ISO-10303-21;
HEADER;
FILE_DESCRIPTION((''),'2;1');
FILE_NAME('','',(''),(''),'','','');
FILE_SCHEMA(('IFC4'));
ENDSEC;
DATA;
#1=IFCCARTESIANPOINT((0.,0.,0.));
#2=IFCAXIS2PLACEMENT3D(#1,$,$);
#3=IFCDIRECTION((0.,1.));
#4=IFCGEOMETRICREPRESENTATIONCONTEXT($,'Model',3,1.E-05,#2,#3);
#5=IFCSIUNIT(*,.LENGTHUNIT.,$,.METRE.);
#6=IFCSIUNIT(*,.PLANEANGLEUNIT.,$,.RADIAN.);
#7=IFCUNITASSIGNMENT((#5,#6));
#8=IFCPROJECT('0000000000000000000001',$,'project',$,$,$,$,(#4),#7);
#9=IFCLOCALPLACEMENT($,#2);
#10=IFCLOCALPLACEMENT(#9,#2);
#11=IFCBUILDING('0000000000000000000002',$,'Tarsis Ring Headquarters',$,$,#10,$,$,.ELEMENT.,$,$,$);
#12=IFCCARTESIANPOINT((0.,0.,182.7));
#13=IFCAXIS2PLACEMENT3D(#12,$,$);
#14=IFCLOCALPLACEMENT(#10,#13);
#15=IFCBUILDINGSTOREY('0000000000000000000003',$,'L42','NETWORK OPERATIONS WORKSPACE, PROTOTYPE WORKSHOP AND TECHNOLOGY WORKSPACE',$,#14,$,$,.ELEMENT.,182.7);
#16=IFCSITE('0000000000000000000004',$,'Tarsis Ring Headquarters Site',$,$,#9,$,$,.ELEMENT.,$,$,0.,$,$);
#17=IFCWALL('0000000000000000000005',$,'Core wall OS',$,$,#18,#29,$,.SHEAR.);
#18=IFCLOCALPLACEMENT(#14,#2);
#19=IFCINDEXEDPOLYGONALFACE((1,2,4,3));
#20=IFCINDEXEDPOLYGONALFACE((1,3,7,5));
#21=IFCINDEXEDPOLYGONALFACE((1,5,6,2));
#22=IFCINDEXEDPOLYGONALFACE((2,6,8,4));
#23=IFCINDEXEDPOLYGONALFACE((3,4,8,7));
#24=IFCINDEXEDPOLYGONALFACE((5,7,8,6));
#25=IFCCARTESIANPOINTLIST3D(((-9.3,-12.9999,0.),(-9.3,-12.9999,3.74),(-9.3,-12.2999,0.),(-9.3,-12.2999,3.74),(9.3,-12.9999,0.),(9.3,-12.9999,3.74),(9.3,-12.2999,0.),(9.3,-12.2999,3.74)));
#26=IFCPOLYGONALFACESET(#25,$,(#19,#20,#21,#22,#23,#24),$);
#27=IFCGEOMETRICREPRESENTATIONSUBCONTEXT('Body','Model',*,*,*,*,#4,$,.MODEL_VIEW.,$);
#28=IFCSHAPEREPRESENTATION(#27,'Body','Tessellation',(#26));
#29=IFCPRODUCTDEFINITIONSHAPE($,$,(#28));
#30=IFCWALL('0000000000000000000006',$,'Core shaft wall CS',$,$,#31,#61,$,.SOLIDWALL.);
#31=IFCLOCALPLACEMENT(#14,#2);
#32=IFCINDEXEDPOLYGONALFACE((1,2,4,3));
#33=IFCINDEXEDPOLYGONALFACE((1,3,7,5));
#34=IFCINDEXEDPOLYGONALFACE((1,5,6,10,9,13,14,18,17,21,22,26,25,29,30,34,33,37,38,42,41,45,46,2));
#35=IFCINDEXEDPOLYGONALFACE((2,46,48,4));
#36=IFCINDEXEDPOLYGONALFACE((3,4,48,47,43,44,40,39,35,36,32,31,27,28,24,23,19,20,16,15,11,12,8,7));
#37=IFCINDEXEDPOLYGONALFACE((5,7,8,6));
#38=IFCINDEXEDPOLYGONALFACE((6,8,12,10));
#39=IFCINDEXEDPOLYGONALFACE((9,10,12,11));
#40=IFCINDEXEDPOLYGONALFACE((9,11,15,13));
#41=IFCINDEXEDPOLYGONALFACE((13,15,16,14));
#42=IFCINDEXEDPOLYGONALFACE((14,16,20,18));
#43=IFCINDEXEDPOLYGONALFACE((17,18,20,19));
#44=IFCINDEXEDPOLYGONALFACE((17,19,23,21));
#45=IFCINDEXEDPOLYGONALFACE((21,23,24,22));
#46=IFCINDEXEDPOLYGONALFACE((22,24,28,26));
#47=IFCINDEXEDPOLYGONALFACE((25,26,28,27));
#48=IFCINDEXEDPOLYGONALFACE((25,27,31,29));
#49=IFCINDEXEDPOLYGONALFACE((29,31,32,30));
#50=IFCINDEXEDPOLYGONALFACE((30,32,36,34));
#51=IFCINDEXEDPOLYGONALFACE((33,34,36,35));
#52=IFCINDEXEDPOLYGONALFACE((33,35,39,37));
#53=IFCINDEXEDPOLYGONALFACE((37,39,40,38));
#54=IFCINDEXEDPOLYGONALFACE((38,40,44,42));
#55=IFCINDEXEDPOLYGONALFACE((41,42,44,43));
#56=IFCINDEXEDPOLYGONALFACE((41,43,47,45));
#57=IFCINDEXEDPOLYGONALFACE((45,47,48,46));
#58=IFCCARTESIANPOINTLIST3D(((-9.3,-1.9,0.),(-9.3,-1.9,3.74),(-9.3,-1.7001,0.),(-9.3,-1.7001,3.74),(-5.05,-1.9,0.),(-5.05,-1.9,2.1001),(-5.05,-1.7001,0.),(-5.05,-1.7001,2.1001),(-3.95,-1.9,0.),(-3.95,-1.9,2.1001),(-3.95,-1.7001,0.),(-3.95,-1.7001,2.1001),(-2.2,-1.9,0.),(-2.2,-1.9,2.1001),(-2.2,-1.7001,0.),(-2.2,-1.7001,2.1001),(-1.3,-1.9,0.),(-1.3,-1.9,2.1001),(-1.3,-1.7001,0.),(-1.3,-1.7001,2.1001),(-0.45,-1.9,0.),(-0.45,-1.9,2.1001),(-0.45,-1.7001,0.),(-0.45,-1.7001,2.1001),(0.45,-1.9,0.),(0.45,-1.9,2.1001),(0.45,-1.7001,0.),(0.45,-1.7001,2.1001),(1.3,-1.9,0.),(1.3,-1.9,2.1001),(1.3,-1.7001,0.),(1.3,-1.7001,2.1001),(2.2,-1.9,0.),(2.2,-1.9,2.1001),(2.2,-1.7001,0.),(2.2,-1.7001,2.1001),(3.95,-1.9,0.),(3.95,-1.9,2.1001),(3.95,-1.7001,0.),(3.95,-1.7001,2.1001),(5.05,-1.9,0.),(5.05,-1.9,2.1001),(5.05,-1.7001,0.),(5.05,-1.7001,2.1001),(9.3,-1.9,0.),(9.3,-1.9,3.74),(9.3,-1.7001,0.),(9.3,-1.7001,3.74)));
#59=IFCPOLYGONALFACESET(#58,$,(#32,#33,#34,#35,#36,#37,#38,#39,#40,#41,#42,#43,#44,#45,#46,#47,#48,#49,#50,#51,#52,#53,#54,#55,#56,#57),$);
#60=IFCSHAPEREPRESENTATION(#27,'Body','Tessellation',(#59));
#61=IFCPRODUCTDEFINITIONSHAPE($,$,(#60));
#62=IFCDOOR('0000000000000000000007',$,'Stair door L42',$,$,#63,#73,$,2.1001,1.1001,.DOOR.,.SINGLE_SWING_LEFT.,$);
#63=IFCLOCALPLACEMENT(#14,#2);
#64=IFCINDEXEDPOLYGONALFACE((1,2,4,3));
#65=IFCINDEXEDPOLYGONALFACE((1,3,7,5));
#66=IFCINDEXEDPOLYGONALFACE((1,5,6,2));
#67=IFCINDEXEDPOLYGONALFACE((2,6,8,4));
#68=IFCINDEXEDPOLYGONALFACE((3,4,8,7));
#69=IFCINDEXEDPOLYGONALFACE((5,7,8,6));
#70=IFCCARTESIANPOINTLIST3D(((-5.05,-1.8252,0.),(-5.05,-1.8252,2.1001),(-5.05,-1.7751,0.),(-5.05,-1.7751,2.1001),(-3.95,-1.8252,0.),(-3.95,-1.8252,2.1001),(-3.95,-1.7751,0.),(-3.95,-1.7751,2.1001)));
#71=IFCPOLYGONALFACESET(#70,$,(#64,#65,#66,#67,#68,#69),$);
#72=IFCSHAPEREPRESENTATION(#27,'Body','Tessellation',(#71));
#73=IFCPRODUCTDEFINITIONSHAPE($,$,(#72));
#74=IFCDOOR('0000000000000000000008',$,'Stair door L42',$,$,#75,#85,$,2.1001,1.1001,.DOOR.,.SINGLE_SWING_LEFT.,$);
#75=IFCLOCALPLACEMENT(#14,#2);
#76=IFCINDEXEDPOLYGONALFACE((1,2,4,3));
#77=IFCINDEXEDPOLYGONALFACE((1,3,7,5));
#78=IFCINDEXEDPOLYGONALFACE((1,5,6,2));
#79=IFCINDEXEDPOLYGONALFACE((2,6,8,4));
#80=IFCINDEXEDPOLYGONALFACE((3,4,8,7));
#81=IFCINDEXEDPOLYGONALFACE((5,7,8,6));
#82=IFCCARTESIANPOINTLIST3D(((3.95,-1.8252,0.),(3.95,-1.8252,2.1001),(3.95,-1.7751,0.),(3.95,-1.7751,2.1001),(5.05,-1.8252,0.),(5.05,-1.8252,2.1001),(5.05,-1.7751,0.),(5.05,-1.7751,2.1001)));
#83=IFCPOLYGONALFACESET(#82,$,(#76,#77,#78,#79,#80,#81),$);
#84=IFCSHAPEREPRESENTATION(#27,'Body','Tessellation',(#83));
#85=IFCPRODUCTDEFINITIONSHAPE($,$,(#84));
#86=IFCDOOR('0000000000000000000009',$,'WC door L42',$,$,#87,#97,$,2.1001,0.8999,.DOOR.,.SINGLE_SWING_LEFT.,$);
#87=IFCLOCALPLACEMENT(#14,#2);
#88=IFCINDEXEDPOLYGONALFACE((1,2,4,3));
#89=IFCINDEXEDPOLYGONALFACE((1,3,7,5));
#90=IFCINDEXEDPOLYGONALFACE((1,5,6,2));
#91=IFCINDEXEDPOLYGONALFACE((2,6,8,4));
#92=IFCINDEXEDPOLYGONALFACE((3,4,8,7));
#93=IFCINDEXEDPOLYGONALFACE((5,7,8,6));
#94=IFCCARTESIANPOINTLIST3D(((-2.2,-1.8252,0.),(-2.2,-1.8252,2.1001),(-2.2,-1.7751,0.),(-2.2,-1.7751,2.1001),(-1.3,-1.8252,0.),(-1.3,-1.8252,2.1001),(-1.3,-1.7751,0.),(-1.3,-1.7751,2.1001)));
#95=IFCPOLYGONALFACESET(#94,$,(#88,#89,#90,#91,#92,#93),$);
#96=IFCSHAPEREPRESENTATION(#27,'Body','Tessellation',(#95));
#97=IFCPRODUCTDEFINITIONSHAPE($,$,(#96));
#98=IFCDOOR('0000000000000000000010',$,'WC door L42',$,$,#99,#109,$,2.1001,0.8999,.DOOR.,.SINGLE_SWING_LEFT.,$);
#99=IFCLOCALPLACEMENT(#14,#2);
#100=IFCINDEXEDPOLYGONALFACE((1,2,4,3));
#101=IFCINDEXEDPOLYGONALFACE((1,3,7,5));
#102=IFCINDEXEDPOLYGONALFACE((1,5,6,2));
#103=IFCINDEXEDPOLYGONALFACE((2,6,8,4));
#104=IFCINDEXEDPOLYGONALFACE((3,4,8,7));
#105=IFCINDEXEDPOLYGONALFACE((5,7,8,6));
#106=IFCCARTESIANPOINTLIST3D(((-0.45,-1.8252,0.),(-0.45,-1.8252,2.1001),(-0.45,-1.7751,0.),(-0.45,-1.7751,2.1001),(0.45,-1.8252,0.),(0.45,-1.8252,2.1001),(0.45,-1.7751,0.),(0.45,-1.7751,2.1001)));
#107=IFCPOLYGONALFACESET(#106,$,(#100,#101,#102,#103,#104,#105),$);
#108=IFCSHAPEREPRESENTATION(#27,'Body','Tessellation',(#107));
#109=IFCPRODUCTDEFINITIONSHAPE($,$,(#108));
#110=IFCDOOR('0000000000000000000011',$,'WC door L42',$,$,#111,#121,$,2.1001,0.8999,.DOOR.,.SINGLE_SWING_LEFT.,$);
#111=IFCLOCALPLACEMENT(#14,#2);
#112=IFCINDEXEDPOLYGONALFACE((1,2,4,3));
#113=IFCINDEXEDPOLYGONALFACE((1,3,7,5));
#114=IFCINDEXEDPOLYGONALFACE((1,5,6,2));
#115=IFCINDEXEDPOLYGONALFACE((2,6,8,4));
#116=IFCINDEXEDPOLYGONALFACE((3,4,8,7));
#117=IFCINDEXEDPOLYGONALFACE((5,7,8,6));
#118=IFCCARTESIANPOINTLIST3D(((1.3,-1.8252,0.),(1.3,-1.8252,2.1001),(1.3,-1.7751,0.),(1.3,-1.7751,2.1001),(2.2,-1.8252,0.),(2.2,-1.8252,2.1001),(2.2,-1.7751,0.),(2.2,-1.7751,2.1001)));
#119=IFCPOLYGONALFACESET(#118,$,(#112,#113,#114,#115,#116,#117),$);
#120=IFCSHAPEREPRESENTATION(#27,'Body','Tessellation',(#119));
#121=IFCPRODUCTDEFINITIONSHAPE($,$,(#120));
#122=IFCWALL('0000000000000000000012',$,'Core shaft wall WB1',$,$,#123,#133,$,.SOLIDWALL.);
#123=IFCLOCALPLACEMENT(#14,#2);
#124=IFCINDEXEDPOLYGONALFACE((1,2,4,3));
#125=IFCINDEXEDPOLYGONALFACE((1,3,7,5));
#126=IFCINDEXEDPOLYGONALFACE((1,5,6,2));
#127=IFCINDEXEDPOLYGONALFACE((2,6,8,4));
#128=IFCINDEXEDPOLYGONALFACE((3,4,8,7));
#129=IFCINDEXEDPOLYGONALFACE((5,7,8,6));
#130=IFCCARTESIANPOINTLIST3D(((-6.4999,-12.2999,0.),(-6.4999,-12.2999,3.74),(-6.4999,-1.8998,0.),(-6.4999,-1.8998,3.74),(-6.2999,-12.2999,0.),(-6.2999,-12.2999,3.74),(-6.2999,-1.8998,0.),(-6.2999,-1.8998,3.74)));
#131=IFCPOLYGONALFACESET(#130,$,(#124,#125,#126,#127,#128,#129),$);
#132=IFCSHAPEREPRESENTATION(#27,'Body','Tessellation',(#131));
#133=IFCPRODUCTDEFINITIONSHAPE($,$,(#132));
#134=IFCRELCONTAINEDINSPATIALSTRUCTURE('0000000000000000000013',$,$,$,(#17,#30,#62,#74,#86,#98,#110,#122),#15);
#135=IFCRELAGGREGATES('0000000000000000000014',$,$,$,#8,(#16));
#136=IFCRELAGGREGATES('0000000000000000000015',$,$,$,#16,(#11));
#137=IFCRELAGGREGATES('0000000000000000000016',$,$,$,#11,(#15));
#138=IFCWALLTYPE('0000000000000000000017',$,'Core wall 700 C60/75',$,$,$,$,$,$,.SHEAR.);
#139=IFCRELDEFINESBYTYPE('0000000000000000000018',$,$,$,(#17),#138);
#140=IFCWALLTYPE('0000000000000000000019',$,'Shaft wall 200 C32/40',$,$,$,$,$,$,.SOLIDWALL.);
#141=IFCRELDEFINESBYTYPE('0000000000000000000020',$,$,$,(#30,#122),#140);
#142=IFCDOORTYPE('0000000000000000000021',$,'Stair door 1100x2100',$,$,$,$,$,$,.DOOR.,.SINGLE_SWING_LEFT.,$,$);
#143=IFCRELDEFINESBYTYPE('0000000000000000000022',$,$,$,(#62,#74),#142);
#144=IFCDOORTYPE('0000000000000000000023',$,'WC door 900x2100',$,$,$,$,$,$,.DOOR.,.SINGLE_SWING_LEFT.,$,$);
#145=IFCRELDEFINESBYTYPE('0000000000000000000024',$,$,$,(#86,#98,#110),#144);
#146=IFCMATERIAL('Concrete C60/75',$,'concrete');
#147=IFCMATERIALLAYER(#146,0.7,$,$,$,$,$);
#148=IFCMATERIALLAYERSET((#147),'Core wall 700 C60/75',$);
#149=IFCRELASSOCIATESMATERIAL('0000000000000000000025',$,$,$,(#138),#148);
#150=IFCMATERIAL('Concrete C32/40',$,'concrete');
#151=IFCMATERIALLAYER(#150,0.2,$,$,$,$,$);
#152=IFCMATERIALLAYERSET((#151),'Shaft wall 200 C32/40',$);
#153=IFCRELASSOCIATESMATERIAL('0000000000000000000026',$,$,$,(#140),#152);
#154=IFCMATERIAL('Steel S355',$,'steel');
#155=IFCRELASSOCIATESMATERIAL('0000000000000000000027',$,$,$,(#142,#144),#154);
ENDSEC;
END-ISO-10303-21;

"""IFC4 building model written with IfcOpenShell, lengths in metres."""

from ifc_helpers import new_model, si_unit, direction, frame, frame_2d, origin, place, context, subcontext, project, spatial, rectangle, extrude, material, layer, layer_set, type_object, element, fill, save


model = new_model("IFC4")

# Units and contexts
model_context = context("Model", 3, precision=1e-05, world=origin(), true_north=direction((0.0, 1.0)))
body_context = subcontext(model_context, "Body", "Model", "MODEL_VIEW")
ifc_project = project(units=[si_unit("LENGTHUNIT", "METRE"), si_unit("PLANEANGLEUNIT", "RADIAN")], contexts=[model_context])

# Site, building, storey
site_placement = place(None, origin())
site = spatial("IfcSite", under=ifc_project, at=site_placement, Name="Tarsis Ring Headquarters Site", CompositionType="ELEMENT", RefElevation=0.0)
building_placement = place(site_placement, origin())
building = spatial("IfcBuilding", under=site, at=building_placement, Name="Tarsis Ring Headquarters", CompositionType="ELEMENT")
storey_placement = place(building_placement, frame((0.0, 0.0, 182.7)))
storey = spatial("IfcBuildingStorey", under=building, at=storey_placement, Name="L42", Description="NETWORK OPERATIONS WORKSPACE, PROTOTYPE WORKSHOP AND TECHNOLOGY WORKSPACE", CompositionType="ELEMENT", Elevation=182.7)

# Shared definitions
ifc_material_1 = material(Name="Concrete C60/75", Category="concrete")
ifc_layer_1 = layer(ifc_material_1, 0.7)
ifc_layer_set_1 = layer_set([ifc_layer_1], Name="Core wall 700 C60/75")
wall_type_1 = type_object("IfcWallType", Name="Core wall 700 C60/75", PredefinedType="SHEAR", material=ifc_layer_set_1)
ifc_material_2 = material(Name="Steel S355", Category="steel")

# Wall
wall_1_placement = place(storey_placement, frame((-9.3, -12.6499, 0.0), z_axis=(0.0, 0.0, 1.0), x_axis=(1.0, 0.0, 0.0)))
element("IfcWall", 1, at=wall_1_placement, inside=storey, type_object=wall_type_1, Name="Core wall OS", PredefinedType="SHEAR", context=body_context, shape_type="SweptSolid", body=[
    extrude(rectangle(XDim=18.6001, YDim=0.7, at=frame_2d((9.3, 0.0))), origin(), (0.0, 0.0, 1.0), 3.74),
])

# Wall, openings, doors
ifc_material_3 = material(Name="Concrete C32/40", Category="concrete")
ifc_layer_2 = layer(ifc_material_3, 0.2)
ifc_layer_set_2 = layer_set([ifc_layer_2], Name="Shaft wall 200 C32/40")
wall_type_2 = type_object("IfcWallType", Name="Shaft wall 200 C32/40", PredefinedType="SOLIDWALL", material=ifc_layer_set_2)
wall_2_placement = place(storey_placement, frame((-9.3, -1.8, 0.0), z_axis=(0.0, 0.0, 1.0), x_axis=(1.0, 0.0, 0.0)))
wall_2 = element("IfcWall", 2, at=wall_2_placement, inside=storey, type_object=wall_type_2, Name="Core shaft wall CS", PredefinedType="SOLIDWALL", context=body_context, shape_type="SweptSolid", body=[
    extrude(rectangle(XDim=18.6001, YDim=0.2, at=frame_2d((9.3, 0.0))), origin(), (0.0, 0.0, 1.0), 3.74),
])
opening_1_placement = place(wall_2_placement, frame((4.25, 0.0, 0.0)))
opening_1 = element("IfcOpeningElement", 3, at=opening_1_placement, cuts=wall_2, PredefinedType="OPENING", context=body_context, shape_type="SweptSolid", body=[
    extrude(rectangle(XDim=1.1001, YDim=2.1001, at=frame_2d((0.55, 1.05))), frame((0.0, 0.1099, 0.0), z_axis=(0.0, -1.0, 0.0), x_axis=(1.0, 0.0, 0.0)), (0.0, 0.0, 1.0), 0.22),
])
opening_2_placement = place(wall_2_placement, frame((7.1001, 0.0, 0.0)))
opening_2 = element("IfcOpeningElement", 4, at=opening_2_placement, cuts=wall_2, PredefinedType="OPENING", context=body_context, shape_type="SweptSolid", body=[
    extrude(rectangle(XDim=0.8999, YDim=2.1001, at=frame_2d((0.45, 1.05))), frame((0.0, 0.1099, 0.0), z_axis=(0.0, -1.0, 0.0), x_axis=(1.0, 0.0, 0.0)), (0.0, 0.0, 1.0), 0.22),
])
opening_3_placement = place(wall_2_placement, frame((8.8501, 0.0, 0.0)))
opening_3 = element("IfcOpeningElement", 5, at=opening_3_placement, cuts=wall_2, PredefinedType="OPENING", context=body_context, shape_type="SweptSolid", body=[
    extrude(rectangle(XDim=0.8999, YDim=2.1001, at=frame_2d((0.45, 1.05))), frame((0.0, 0.1099, 0.0), z_axis=(0.0, -1.0, 0.0), x_axis=(1.0, 0.0, 0.0)), (0.0, 0.0, 1.0), 0.22),
])
opening_4_placement = place(wall_2_placement, frame((10.6001, 0.0, 0.0)))
opening_4 = element("IfcOpeningElement", 6, at=opening_4_placement, cuts=wall_2, PredefinedType="OPENING", context=body_context, shape_type="SweptSolid", body=[
    extrude(rectangle(XDim=0.8999, YDim=2.1001, at=frame_2d((0.45, 1.05))), frame((0.0, 0.1099, 0.0), z_axis=(0.0, -1.0, 0.0), x_axis=(1.0, 0.0, 0.0)), (0.0, 0.0, 1.0), 0.22),
])
opening_5_placement = place(wall_2_placement, frame((13.25, 0.0, 0.0)))
opening_5 = element("IfcOpeningElement", 7, at=opening_5_placement, cuts=wall_2, PredefinedType="OPENING", context=body_context, shape_type="SweptSolid", body=[
    extrude(rectangle(XDim=1.1001, YDim=2.1001, at=frame_2d((0.55, 1.05))), frame((0.0, 0.1099, 0.0), z_axis=(0.0, -1.0, 0.0), x_axis=(1.0, 0.0, 0.0)), (0.0, 0.0, 1.0), 0.22),
])
door_type_1 = type_object("IfcDoorType", Name="Stair door 1100x2100", OperationType="SINGLE_SWING_LEFT", PredefinedType="DOOR", material=ifc_material_2)
door_1_placement = place(opening_1_placement, origin())
door_1 = element("IfcDoor", 8, at=door_1_placement, inside=storey, type_object=door_type_1, Name="Stair door L42", OperationType="SINGLE_SWING_LEFT", OverallHeight=2.1001, OverallWidth=1.1001, PredefinedType="DOOR", context=body_context, shape_type="SweptSolid", body=[
    extrude(rectangle(XDim=1.1001, YDim=2.1001, at=frame_2d((0.55, 1.05))), frame((0.0, 0.0249, 0.0), z_axis=(0.0, -1.0, 0.0), x_axis=(1.0, 0.0, 0.0)), (0.0, 0.0, 1.0), 0.05),
])
fill(opening_1, door_1)
door_2_placement = place(opening_5_placement, origin())
door_2 = element("IfcDoor", 9, at=door_2_placement, inside=storey, type_object=door_type_1, Name="Stair door L42", OperationType="SINGLE_SWING_LEFT", OverallHeight=2.1001, OverallWidth=1.1001, PredefinedType="DOOR", context=body_context, shape_type="SweptSolid", body=[
    extrude(rectangle(XDim=1.1001, YDim=2.1001, at=frame_2d((0.55, 1.05))), frame((0.0, 0.0249, 0.0), z_axis=(0.0, -1.0, 0.0), x_axis=(1.0, 0.0, 0.0)), (0.0, 0.0, 1.0), 0.05),
])
fill(opening_5, door_2)
door_type_2 = type_object("IfcDoorType", Name="WC door 900x2100", OperationType="SINGLE_SWING_LEFT", PredefinedType="DOOR", material=ifc_material_2)
door_3_placement = place(opening_2_placement, origin())
door_3 = element("IfcDoor", 10, at=door_3_placement, inside=storey, type_object=door_type_2, Name="WC door L42", OperationType="SINGLE_SWING_LEFT", OverallHeight=2.1001, OverallWidth=0.8999, PredefinedType="DOOR", context=body_context, shape_type="SweptSolid", body=[
    extrude(rectangle(XDim=0.8999, YDim=2.1001, at=frame_2d((0.45, 1.05))), frame((0.0, 0.0249, 0.0), z_axis=(0.0, -1.0, 0.0), x_axis=(1.0, 0.0, 0.0)), (0.0, 0.0, 1.0), 0.05),
])
fill(opening_2, door_3)
door_4_placement = place(opening_3_placement, origin())
door_4 = element("IfcDoor", 11, at=door_4_placement, inside=storey, type_object=door_type_2, Name="WC door L42", OperationType="SINGLE_SWING_LEFT", OverallHeight=2.1001, OverallWidth=0.8999, PredefinedType="DOOR", context=body_context, shape_type="SweptSolid", body=[
    extrude(rectangle(XDim=0.8999, YDim=2.1001, at=frame_2d((0.45, 1.05))), frame((0.0, 0.0249, 0.0), z_axis=(0.0, -1.0, 0.0), x_axis=(1.0, 0.0, 0.0)), (0.0, 0.0, 1.0), 0.05),
])
fill(opening_3, door_4)
door_5_placement = place(opening_4_placement, origin())
door_5 = element("IfcDoor", 12, at=door_5_placement, inside=storey, type_object=door_type_2, Name="WC door L42", OperationType="SINGLE_SWING_LEFT", OverallHeight=2.1001, OverallWidth=0.8999, PredefinedType="DOOR", context=body_context, shape_type="SweptSolid", body=[
    extrude(rectangle(XDim=0.8999, YDim=2.1001, at=frame_2d((0.45, 1.05))), frame((0.0, 0.0249, 0.0), z_axis=(0.0, -1.0, 0.0), x_axis=(1.0, 0.0, 0.0)), (0.0, 0.0, 1.0), 0.05),
])
fill(opening_4, door_5)

# Wall
wall_3_placement = place(storey_placement, frame((-6.3999, -12.3, 0.0), z_axis=(0.0, 0.0, 1.0), x_axis=(0.0, 1.0, 0.0)))
element("IfcWall", 13, at=wall_3_placement, inside=storey, type_object=wall_type_2, Name="Core shaft wall WB1", PredefinedType="SOLIDWALL", context=body_context, shape_type="SweptSolid", body=[
    extrude(rectangle(XDim=10.4001, YDim=0.2, at=frame_2d((5.2002, 0.0))), origin(), (0.0, 0.0, 1.0), 3.74),
])

save(model, "model.ifc")
